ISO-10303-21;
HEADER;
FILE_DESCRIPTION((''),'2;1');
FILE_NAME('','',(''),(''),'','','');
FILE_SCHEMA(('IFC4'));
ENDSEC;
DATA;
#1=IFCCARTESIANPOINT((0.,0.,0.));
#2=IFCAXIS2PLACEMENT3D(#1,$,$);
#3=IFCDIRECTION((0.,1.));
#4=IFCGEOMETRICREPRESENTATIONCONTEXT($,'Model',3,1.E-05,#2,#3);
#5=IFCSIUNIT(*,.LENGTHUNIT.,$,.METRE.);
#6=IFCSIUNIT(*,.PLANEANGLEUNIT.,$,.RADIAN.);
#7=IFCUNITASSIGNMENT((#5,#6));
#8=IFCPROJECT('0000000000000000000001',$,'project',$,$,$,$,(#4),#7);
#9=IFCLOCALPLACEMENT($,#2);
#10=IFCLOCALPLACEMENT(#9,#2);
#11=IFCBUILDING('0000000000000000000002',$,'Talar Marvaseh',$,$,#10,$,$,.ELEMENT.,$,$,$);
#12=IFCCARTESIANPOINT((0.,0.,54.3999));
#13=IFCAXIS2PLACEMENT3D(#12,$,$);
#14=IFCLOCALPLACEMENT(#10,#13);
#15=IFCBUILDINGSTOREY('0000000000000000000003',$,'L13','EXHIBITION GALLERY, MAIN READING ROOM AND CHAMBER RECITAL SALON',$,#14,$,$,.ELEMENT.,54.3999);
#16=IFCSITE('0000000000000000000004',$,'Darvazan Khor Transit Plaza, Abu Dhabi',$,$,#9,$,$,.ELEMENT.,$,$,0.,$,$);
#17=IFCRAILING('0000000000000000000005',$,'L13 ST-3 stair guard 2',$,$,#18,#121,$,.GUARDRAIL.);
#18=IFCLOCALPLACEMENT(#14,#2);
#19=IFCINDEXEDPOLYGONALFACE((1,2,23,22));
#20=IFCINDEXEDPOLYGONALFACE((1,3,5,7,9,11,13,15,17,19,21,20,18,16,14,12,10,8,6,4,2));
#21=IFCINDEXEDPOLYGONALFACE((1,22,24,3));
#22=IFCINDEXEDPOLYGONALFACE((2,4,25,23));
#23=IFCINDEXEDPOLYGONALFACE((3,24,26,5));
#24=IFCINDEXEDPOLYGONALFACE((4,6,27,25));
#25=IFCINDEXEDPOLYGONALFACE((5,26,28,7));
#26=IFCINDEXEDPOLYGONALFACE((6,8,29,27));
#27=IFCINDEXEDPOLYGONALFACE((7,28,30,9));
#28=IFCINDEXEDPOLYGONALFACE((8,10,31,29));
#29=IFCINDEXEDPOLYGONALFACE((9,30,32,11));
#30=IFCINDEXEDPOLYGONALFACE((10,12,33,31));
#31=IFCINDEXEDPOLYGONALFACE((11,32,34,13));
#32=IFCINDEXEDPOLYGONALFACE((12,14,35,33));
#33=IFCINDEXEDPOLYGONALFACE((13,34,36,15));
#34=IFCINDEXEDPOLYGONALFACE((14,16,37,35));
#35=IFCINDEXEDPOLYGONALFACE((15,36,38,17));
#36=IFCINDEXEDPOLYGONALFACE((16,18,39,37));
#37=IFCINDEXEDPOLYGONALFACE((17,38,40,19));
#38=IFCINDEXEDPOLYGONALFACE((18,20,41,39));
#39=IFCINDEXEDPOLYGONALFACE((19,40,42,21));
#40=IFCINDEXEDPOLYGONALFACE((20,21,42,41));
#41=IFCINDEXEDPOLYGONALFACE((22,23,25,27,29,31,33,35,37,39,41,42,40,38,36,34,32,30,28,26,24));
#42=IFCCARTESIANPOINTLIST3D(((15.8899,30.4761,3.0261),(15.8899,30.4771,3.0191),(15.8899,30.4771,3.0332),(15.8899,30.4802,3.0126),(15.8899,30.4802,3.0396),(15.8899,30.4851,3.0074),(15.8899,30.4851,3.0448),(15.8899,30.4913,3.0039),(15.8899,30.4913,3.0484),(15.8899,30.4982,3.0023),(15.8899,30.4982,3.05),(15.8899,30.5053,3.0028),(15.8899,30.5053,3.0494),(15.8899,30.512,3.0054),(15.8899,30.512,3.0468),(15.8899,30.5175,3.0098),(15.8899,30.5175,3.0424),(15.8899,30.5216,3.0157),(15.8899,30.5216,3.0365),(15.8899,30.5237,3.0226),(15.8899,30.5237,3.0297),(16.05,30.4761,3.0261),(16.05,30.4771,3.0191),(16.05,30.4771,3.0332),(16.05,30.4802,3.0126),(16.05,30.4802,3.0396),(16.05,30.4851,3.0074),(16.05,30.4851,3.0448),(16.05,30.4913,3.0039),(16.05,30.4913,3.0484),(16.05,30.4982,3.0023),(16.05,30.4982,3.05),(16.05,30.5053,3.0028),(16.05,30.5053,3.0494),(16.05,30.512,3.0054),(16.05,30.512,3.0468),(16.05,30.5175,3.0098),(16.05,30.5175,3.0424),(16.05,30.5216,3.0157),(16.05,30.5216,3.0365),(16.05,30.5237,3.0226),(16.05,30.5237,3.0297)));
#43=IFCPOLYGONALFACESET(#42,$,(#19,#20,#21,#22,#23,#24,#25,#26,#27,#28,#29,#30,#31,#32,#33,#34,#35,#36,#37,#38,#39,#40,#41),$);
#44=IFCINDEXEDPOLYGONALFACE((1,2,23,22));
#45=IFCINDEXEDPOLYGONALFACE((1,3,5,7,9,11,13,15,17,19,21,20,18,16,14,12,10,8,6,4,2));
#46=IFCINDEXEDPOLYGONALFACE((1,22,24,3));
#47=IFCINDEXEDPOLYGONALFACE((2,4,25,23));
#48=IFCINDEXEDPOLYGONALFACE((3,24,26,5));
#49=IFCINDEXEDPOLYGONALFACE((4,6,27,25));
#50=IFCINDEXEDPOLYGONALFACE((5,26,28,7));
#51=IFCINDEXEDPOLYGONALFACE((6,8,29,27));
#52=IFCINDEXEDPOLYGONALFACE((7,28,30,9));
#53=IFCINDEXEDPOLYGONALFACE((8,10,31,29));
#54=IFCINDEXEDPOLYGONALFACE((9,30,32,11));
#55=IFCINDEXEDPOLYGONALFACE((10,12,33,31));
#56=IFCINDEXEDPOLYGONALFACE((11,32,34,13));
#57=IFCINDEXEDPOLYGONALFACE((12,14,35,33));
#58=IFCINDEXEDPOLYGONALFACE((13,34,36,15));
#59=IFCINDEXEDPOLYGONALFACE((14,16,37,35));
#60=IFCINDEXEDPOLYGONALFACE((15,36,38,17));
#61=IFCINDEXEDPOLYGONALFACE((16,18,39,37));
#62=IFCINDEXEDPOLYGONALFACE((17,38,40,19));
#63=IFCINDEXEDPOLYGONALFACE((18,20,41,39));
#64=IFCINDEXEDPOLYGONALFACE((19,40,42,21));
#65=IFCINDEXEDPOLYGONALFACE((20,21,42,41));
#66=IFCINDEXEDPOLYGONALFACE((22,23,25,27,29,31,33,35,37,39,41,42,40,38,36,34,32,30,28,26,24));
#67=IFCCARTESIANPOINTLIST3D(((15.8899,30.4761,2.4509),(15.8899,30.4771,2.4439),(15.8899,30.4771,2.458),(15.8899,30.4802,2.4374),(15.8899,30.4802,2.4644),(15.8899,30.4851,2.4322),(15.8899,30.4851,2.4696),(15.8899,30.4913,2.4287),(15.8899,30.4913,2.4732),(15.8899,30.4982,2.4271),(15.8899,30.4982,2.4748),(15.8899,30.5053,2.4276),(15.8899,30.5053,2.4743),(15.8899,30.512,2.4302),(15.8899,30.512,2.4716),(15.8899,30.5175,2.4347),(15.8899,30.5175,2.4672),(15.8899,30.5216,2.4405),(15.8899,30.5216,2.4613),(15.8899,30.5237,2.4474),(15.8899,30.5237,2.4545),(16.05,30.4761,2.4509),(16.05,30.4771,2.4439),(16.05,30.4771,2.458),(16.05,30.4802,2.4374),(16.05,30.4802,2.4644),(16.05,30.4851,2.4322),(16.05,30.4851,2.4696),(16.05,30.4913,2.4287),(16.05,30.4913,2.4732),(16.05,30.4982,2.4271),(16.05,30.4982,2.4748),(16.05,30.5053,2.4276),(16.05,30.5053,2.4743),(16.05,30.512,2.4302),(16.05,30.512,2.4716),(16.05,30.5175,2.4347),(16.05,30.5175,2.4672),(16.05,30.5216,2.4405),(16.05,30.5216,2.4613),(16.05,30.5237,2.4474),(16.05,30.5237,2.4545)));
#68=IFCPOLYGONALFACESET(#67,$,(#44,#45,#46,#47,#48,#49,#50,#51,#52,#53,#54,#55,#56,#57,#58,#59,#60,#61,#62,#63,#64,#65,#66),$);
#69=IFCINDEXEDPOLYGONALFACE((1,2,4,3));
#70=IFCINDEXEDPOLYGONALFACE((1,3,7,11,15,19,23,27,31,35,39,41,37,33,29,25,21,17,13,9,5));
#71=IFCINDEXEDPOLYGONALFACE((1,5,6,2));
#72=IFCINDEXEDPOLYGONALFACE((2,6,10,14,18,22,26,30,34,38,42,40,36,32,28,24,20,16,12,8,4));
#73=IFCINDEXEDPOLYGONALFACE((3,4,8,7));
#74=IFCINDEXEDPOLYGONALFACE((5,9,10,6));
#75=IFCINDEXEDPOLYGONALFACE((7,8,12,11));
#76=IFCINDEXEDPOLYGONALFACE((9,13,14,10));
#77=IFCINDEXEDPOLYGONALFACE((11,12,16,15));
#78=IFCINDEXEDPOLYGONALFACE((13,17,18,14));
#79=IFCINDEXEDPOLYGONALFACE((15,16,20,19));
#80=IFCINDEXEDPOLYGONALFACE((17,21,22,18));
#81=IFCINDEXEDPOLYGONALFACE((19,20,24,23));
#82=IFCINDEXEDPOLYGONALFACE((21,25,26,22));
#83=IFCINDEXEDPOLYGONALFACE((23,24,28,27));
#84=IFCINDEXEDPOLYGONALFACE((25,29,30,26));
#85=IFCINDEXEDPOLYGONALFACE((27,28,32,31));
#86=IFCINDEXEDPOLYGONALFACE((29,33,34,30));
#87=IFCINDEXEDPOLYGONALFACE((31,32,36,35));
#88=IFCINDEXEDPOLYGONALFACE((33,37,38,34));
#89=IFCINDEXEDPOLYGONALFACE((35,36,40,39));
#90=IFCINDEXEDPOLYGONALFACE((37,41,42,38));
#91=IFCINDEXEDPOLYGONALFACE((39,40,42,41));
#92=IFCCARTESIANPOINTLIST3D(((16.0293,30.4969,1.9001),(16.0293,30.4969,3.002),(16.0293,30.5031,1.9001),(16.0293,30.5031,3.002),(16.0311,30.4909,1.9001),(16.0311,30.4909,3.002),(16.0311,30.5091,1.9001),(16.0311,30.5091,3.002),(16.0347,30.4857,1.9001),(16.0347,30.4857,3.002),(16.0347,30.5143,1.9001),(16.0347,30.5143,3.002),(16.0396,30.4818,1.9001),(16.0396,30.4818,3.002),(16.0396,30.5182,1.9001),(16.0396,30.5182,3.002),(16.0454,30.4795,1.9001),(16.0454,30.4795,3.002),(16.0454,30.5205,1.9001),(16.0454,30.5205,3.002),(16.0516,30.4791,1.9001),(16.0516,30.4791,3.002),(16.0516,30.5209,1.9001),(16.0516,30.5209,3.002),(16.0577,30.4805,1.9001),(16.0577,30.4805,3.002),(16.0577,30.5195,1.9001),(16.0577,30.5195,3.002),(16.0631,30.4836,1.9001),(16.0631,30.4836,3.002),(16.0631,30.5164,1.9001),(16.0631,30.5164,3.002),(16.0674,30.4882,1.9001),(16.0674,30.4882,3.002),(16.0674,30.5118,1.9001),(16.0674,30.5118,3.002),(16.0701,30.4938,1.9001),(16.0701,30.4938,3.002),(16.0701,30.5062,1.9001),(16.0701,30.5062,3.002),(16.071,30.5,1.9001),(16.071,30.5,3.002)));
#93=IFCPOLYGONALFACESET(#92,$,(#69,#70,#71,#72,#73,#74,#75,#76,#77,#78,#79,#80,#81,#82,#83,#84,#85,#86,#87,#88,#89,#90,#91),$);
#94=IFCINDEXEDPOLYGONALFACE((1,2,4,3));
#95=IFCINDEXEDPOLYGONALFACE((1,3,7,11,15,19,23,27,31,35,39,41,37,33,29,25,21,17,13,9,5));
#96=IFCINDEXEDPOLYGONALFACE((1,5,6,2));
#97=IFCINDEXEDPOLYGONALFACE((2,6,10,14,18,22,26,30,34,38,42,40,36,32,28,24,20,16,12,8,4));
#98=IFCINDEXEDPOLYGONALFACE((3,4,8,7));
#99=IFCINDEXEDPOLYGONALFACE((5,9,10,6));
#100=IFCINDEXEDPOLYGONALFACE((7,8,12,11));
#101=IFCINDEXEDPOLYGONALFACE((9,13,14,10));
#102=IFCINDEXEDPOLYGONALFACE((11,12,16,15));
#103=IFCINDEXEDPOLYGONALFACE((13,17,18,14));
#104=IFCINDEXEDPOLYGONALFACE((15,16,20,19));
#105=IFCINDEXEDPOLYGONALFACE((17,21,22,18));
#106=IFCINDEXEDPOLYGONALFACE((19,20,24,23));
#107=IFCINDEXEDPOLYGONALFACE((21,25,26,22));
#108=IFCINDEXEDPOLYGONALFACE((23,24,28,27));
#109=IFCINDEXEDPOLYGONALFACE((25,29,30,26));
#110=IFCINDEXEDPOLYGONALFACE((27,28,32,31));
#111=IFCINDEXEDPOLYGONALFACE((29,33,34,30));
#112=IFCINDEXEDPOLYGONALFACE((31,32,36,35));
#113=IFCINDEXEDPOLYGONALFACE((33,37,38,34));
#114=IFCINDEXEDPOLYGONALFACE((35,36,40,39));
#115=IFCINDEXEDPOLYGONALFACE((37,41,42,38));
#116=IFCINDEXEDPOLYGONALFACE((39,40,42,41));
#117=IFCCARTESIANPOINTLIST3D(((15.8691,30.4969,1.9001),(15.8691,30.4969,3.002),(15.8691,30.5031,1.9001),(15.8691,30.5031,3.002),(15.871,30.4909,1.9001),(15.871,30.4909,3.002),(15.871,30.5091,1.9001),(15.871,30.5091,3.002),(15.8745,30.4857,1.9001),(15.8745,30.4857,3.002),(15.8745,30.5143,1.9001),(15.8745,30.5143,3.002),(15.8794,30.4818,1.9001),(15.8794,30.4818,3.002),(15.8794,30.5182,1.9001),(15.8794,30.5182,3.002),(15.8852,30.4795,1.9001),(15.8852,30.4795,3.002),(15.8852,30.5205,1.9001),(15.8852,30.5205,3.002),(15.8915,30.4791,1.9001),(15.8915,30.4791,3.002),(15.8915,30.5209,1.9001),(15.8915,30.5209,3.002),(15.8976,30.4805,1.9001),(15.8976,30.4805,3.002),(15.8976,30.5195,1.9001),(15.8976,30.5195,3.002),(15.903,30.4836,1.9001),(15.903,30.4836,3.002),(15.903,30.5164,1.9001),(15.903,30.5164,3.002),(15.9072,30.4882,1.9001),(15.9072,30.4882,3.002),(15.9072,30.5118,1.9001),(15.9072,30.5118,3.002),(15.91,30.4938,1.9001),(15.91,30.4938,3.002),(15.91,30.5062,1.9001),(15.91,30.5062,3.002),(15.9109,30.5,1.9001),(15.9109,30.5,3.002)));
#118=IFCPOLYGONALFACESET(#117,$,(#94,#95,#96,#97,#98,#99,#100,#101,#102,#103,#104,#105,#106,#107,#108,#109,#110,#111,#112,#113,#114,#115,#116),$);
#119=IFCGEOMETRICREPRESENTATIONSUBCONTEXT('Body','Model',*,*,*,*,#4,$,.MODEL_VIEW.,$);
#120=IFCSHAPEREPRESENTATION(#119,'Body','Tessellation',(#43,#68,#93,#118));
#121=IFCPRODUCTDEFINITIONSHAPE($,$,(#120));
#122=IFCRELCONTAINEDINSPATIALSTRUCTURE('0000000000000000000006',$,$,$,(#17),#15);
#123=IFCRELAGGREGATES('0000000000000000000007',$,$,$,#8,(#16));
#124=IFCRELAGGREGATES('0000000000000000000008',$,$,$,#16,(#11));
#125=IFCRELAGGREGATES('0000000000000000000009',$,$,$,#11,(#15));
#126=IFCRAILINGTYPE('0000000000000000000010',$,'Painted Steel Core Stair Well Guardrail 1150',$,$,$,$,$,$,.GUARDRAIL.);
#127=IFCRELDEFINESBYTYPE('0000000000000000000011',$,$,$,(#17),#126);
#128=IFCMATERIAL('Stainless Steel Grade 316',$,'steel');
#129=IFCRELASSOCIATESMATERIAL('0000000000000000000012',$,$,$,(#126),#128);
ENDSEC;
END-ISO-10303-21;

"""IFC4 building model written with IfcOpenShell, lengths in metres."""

from ifc_helpers import new_model, si_unit, direction, frame, origin, origin_2d, place, context, subcontext, project, spatial, circle, extrude, material, type_object, element, save


model = new_model("IFC4")

# Units and contexts
model_context = context("Model", 3, precision=1e-05, world=origin(), true_north=direction((0.0, 1.0)))
body_context = subcontext(model_context, "Body", "Model", "MODEL_VIEW")
ifc_project = project(units=[si_unit("LENGTHUNIT", "METRE"), si_unit("PLANEANGLEUNIT", "RADIAN")], contexts=[model_context])

# Site, building, storey
site_placement = place(None, origin())
site = spatial("IfcSite", under=ifc_project, at=site_placement, Name="Darvazan Khor Transit Plaza, Abu Dhabi", CompositionType="ELEMENT", RefElevation=0.0)
building_placement = place(site_placement, origin())
building = spatial("IfcBuilding", under=site, at=building_placement, Name="Talar Marvaseh", CompositionType="ELEMENT")
storey_placement = place(building_placement, frame((0.0, 0.0, 54.3999)))
storey = spatial("IfcBuildingStorey", under=building, at=storey_placement, Name="L13", Description="EXHIBITION GALLERY, MAIN READING ROOM AND CHAMBER RECITAL SALON", CompositionType="ELEMENT", Elevation=54.3999)

# Railing
ifc_material_1 = material(Name="Stainless Steel Grade 316", Category="steel")
railing_type_1 = type_object("IfcRailingType", Name="Painted Steel Core Stair Well Guardrail 1150", PredefinedType="GUARDRAIL", material=ifc_material_1)
railing_1_placement = place(storey_placement, frame((16.05, 30.5, 1.9001)))
element("IfcRailing", 1, at=railing_1_placement, inside=storey, type_object=railing_type_1, Name="L13 ST-3 stair guard 2", PredefinedType="GUARDRAIL", context=body_context, shape_type="SweptSolid", body=[
    extrude(circle(Radius=0.0239, at=origin_2d()), frame((0.0, 0.0, 1.126), z_axis=(-1.0, 0.0, 0.0), x_axis=(0.0, -1.0, 0.0)), (0.0, 0.0, 1.0), 0.1602),
    extrude(circle(Radius=0.0239, at=origin_2d()), frame((0.0, 0.0, 0.5508), z_axis=(-1.0, 0.0, 0.0), x_axis=(0.0, -1.0, 0.0)), (0.0, 0.0, 1.0), 0.1602),
    extrude(circle(Radius=0.021, at=origin_2d()), origin(), (0.0, 0.0, 1.0), 1.1018),
    extrude(circle(Radius=0.021, at=origin_2d()), frame((-0.1602, 0.0, 0.0)), (0.0, 0.0, 1.0), 1.1018),
])

save(model, "model.ifc")
